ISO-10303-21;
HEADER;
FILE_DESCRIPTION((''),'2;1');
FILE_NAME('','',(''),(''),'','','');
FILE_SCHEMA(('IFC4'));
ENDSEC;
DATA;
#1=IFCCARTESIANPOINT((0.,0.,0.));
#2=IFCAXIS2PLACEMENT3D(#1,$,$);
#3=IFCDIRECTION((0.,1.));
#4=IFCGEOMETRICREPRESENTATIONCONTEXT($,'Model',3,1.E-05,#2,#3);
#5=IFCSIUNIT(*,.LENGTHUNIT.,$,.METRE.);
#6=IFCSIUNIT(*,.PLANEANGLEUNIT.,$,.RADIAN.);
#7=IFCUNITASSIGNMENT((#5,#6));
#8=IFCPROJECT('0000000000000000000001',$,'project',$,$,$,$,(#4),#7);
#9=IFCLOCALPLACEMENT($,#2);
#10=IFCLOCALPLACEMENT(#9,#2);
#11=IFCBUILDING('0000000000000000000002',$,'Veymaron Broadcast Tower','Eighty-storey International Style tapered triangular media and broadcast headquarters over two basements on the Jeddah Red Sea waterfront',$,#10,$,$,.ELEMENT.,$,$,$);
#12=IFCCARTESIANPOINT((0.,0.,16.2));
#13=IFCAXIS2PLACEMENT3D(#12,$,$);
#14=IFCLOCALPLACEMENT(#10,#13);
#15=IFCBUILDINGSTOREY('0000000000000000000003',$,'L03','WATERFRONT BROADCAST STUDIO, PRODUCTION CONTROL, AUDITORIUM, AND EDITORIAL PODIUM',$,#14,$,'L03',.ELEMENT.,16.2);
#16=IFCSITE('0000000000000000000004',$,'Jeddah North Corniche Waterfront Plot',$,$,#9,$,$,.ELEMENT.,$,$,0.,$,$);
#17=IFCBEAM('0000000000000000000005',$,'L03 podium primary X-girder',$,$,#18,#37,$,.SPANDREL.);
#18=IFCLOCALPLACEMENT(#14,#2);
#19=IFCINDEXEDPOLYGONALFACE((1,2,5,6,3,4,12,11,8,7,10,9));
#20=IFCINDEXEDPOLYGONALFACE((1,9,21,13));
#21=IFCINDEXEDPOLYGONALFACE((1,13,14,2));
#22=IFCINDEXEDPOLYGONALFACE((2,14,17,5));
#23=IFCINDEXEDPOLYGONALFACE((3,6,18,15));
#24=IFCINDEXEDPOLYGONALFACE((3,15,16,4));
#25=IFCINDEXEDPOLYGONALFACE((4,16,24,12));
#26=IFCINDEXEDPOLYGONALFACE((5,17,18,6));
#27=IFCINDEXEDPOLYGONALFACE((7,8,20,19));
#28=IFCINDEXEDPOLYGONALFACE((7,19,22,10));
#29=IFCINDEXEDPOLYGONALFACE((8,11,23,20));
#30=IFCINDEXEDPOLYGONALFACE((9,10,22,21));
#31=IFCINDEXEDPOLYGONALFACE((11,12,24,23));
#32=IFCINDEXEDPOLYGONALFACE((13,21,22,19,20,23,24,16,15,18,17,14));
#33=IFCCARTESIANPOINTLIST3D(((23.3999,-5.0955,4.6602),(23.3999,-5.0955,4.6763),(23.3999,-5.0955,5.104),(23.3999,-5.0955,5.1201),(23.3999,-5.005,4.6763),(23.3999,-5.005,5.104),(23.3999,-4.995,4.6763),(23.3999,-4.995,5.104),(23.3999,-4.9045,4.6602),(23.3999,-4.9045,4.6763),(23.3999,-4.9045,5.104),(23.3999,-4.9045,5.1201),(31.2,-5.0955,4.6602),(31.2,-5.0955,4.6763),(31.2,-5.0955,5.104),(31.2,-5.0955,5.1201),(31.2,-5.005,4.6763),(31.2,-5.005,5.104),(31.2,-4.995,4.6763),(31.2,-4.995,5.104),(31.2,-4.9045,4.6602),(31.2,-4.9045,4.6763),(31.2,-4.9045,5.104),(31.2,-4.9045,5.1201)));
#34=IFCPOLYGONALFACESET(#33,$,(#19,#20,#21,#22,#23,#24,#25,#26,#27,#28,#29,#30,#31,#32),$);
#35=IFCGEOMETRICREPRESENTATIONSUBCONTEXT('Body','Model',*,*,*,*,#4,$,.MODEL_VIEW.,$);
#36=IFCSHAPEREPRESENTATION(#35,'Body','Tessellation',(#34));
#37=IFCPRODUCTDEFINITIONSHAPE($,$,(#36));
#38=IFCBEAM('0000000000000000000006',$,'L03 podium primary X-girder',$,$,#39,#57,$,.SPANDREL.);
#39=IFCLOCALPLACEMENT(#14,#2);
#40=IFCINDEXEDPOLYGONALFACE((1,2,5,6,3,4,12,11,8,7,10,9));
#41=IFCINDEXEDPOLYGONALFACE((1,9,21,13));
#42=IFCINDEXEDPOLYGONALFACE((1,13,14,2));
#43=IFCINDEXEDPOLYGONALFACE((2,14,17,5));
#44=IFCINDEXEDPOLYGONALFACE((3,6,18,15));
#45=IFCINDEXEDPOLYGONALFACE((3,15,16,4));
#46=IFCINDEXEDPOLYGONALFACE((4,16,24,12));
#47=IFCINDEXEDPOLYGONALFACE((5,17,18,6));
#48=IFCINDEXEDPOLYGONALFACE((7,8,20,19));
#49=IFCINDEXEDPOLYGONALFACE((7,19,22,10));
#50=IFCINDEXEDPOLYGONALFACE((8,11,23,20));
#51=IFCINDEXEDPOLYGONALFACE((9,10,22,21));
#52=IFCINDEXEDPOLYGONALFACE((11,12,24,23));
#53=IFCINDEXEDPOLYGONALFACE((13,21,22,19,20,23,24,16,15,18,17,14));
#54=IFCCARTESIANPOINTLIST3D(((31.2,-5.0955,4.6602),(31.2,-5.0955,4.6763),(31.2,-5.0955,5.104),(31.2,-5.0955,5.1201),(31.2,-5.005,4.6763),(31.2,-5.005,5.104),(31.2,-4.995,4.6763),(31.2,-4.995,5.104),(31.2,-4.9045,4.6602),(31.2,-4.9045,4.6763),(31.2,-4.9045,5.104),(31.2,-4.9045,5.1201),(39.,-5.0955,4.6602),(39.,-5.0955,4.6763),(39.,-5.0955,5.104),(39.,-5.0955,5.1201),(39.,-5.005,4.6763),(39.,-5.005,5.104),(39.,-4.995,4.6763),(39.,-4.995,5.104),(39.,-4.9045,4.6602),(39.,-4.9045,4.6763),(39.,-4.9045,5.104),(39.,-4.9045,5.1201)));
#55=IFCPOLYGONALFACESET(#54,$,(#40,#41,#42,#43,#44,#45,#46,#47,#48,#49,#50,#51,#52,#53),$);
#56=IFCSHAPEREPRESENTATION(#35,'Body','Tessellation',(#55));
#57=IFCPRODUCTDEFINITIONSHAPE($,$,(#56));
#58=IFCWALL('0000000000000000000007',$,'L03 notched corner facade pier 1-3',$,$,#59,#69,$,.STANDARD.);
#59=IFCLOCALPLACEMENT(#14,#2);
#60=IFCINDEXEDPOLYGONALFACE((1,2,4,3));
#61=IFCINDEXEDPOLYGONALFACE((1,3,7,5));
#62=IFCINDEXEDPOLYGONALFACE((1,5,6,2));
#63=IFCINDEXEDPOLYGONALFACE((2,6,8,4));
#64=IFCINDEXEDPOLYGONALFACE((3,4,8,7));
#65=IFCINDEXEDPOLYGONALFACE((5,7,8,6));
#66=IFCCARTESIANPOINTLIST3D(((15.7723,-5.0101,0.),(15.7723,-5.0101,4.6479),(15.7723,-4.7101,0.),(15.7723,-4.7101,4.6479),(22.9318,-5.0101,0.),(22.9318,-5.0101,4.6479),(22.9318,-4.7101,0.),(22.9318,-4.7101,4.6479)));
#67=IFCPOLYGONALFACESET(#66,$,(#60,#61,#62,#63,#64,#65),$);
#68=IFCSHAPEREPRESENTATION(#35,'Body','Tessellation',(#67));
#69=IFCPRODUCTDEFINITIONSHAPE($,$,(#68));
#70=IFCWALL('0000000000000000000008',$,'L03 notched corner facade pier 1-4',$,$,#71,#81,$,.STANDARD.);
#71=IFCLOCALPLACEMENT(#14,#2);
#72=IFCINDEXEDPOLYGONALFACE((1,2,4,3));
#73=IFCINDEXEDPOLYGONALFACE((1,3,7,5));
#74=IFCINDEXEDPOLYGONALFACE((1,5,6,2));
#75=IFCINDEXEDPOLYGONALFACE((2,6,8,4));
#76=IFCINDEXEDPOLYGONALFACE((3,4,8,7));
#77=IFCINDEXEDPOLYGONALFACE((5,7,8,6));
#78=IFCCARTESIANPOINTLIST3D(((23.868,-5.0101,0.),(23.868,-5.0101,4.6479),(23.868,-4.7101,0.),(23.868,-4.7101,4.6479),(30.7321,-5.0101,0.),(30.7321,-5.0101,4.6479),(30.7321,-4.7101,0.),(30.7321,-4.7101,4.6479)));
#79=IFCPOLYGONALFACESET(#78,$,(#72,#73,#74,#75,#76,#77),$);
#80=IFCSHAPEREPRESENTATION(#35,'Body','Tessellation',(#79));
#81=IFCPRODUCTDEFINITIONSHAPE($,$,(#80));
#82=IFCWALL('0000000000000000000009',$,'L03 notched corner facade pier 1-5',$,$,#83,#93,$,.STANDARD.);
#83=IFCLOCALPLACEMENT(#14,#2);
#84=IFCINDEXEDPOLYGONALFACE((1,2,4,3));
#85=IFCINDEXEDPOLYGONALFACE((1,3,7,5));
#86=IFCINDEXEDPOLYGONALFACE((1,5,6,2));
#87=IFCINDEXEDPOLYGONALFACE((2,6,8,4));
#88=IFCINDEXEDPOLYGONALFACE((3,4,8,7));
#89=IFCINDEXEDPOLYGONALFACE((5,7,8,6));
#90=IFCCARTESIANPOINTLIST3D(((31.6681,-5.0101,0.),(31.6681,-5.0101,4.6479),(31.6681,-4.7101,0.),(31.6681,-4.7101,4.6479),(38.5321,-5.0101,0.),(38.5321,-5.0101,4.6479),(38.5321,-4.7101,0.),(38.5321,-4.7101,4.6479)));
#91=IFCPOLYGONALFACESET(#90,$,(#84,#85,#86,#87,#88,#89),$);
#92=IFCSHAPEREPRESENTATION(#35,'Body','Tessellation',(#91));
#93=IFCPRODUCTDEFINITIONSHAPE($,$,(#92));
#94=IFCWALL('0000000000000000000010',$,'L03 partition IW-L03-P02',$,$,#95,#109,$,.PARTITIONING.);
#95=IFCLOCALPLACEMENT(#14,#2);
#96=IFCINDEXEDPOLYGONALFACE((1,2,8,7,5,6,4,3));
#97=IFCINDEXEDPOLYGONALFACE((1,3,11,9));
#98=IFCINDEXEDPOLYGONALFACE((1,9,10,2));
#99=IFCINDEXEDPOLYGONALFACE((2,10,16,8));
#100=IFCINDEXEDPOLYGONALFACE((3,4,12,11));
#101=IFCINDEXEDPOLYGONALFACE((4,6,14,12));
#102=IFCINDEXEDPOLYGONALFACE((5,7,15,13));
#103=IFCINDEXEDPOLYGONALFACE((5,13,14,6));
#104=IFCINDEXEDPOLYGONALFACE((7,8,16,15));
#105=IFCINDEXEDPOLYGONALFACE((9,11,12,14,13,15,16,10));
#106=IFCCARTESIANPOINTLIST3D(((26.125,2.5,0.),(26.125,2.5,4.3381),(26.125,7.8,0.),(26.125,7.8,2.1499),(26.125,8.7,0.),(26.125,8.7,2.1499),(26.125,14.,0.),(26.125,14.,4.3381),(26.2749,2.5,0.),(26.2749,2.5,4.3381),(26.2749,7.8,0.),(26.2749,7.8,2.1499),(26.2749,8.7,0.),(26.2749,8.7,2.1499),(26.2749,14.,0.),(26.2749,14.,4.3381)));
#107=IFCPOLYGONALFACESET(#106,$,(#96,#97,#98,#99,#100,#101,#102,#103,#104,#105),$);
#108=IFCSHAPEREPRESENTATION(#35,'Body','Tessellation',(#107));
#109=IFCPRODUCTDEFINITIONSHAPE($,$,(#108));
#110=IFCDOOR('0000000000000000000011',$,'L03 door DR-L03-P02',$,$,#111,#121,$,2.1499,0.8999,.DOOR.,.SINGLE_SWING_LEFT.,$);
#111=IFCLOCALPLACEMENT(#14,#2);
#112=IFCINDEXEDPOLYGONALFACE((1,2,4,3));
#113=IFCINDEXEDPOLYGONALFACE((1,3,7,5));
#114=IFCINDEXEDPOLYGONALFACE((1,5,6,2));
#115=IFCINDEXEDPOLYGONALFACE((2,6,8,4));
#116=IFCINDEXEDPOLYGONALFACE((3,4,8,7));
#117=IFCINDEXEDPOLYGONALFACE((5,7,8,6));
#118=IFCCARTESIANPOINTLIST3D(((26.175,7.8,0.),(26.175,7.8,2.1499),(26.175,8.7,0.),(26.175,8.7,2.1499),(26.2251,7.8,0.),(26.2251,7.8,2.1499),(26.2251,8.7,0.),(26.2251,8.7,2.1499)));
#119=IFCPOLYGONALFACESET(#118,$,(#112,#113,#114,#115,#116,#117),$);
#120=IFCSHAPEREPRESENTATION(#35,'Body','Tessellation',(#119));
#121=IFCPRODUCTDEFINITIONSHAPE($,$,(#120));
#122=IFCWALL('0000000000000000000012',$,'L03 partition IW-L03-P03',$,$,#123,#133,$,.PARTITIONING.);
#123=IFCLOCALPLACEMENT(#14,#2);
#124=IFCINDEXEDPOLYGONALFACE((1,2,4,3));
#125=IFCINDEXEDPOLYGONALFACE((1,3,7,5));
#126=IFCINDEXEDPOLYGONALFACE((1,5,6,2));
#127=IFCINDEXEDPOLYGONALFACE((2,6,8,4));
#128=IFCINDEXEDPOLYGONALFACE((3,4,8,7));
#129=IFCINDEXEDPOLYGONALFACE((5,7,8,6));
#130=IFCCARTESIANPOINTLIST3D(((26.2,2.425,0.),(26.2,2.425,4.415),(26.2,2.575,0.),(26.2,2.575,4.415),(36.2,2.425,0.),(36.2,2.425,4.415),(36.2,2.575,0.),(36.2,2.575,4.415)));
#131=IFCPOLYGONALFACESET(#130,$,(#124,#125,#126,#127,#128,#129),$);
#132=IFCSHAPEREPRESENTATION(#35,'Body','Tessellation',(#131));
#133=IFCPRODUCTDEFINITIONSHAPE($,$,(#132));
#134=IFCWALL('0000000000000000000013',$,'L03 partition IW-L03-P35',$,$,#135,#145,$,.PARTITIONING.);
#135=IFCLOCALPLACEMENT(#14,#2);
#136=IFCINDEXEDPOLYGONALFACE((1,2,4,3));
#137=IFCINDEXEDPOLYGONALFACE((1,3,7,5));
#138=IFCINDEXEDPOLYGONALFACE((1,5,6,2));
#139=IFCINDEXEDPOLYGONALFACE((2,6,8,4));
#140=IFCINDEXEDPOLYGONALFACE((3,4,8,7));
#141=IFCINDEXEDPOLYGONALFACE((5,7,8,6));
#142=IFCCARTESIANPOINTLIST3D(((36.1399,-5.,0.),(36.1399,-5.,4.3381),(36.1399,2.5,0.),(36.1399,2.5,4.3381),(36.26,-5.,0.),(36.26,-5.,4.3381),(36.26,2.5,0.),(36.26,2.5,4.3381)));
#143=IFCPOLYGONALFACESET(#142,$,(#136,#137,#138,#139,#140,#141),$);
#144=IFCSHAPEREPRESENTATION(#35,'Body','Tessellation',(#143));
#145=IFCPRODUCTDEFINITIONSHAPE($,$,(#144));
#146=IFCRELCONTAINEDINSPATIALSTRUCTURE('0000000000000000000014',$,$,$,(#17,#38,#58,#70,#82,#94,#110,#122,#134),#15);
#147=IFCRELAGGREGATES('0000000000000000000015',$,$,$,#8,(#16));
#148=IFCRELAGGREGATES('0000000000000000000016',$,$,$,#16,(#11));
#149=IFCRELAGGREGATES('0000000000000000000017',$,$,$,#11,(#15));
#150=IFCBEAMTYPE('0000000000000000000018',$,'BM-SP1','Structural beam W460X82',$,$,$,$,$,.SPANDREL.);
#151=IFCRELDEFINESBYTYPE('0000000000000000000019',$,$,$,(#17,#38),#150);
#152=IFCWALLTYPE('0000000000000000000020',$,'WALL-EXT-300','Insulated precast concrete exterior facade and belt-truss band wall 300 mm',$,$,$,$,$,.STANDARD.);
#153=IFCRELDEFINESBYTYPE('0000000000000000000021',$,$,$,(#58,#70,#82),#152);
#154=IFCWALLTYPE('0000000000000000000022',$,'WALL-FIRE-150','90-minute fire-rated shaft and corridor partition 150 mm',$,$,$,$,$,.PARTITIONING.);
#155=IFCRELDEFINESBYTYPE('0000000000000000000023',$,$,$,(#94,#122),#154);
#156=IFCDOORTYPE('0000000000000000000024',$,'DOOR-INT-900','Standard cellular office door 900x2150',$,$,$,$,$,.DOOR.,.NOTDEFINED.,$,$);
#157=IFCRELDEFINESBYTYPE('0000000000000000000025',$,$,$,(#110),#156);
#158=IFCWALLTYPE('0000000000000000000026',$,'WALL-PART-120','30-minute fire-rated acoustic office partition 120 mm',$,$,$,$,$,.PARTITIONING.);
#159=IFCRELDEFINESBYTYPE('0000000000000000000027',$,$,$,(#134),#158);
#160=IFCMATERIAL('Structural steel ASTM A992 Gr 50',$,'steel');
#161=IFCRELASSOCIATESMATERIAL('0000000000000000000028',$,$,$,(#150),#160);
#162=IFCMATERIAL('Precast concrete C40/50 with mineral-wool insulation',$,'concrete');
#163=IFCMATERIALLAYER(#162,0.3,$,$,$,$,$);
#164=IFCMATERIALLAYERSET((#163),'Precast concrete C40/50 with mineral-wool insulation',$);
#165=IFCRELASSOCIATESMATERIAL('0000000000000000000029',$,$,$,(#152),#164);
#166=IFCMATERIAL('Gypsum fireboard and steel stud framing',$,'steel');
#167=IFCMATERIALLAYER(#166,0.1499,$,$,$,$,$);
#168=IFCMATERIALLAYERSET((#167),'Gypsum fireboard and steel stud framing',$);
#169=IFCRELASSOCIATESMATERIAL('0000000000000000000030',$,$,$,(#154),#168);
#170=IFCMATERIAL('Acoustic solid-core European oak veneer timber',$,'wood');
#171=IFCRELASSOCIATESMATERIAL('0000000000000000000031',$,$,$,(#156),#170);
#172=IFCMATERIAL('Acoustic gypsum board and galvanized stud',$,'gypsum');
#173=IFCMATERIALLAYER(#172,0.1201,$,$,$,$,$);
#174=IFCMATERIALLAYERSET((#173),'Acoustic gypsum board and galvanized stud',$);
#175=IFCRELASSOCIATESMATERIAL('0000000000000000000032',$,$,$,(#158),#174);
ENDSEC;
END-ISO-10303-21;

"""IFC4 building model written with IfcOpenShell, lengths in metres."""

from ifc_helpers import new_model, si_unit, direction, frame, frame_2d, origin, origin_2d, place, context, subcontext, project, spatial, rectangle, i_section, extrude, material, layer, layer_set, material_profile, profile_set, type_object, element, fill, save


model = new_model("IFC4")

# Units and contexts
model_context = context("Model", 3, precision=1e-05, world=origin(), true_north=direction((0.0, 1.0)))
body_context = subcontext(model_context, "Body", "Model", "MODEL_VIEW")
ifc_project = project(units=[si_unit("LENGTHUNIT", "METRE"), si_unit("PLANEANGLEUNIT", "RADIAN")], contexts=[model_context])

# Site, building, storey
site_placement = place(None, origin())
site = spatial("IfcSite", under=ifc_project, at=site_placement, Name="Jeddah North Corniche Waterfront Plot", CompositionType="ELEMENT", RefElevation=0.0)
building_placement = place(site_placement, origin())
building = spatial("IfcBuilding", under=site, at=building_placement, Name="Veymaron Broadcast Tower", Description="Eighty-storey International Style tapered triangular media and broadcast headquarters over two basements on the Jeddah Red Sea waterfront", CompositionType="ELEMENT")
storey_placement = place(building_placement, frame((0.0, 0.0, 16.2)))
storey = spatial("IfcBuildingStorey", under=building, at=storey_placement, Name="L03", Description="WATERFRONT BROADCAST STUDIO, PRODUCTION CONTROL, AUDITORIUM, AND EDITORIAL PODIUM", LongName="L03", CompositionType="ELEMENT", Elevation=16.2)

# Shared definitions
ifc_material_1 = material(Name="Structural steel ASTM A992 Gr 50", Category="steel")

# Beams
ifc_material_profile_1 = material_profile(ifc_material_1, i_section(OverallWidth=0.1909, OverallDepth=0.46, WebThickness=0.01, FlangeThickness=0.0161, at=origin_2d()), Name="W460X82")
ifc_profile_set_1 = profile_set([ifc_material_profile_1], Name="Structural steel ASTM A992 Gr 50")
beam_type_1 = type_object("IfcBeamType", Name="BM-SP1", Description="Structural beam W460X82", PredefinedType="SPANDREL", material=ifc_profile_set_1)
for number, where, z_axis, x_axis, name in (
    (1, (23.3999, -5.0, 4.8901), (1.0, 0.0, 0.0), (0.0, 1.0, 0.0), "L03 podium primary X-girder"),
    (2, (31.2, -5.0, 4.8901), (1.0, 0.0, 0.0), (0.0, 1.0, 0.0), "L03 podium primary X-girder"),
):
    element("IfcBeam", number, at=place(storey_placement, frame(where, z_axis=z_axis, x_axis=x_axis)), inside=storey, type_object=beam_type_1, Name=name, PredefinedType="SPANDREL", context=body_context, shape_type="SweptSolid", body=[
        extrude(i_section(OverallWidth=0.1909, OverallDepth=0.46, WebThickness=0.01, FlangeThickness=0.0161, at=origin_2d()), origin(), (0.0, 0.0, 1.0), 7.8),
    ])

# Walls
ifc_material_2 = material(Name="Precast concrete C40/50 with mineral-wool insulation", Category="concrete")
ifc_layer_1 = layer(ifc_material_2, 0.3)
ifc_layer_set_1 = layer_set([ifc_layer_1], Name="Precast concrete C40/50 with mineral-wool insulation")
wall_type_1 = type_object("IfcWallType", Name="WALL-EXT-300", Description="Insulated precast concrete exterior facade and belt-truss band wall 300 mm", PredefinedType="STANDARD", material=ifc_layer_set_1)
wall_1_placement = place(storey_placement, frame((15.7725, -4.8601, 0.0), z_axis=(0.0, 0.0, 1.0), x_axis=(1.0, 0.0, 0.0)))
element("IfcWall", 3, at=wall_1_placement, inside=storey, type_object=wall_type_1, Name="L03 notched corner facade pier 1-3", PredefinedType="STANDARD", context=body_context, shape_type="SweptSolid", body=[
    extrude(rectangle(XDim=7.1594, YDim=0.3, at=frame_2d((3.5796, 0.0))), origin(), (0.0, 0.0, 1.0), 4.6479),
])
for number, where, z_axis, x_axis, name in (
    (4, (23.8679, -4.8601, 0.0), (0.0, 0.0, 1.0), (1.0, 0.0, 0.0), "L03 notched corner facade pier 1-4"),
    (5, (31.668, -4.8601, 0.0), (0.0, 0.0, 1.0), (1.0, 0.0, 0.0), "L03 notched corner facade pier 1-5"),
):
    element("IfcWall", number, at=place(storey_placement, frame(where, z_axis=z_axis, x_axis=x_axis)), inside=storey, type_object=wall_type_1, Name=name, PredefinedType="STANDARD", context=body_context, shape_type="SweptSolid", body=[
        extrude(rectangle(XDim=6.864, YDim=0.3, at=frame_2d((3.4321, 0.0))), origin(), (0.0, 0.0, 1.0), 4.6479),
    ])

# Wall, opening, door
ifc_material_3 = material(Name="Gypsum fireboard and steel stud framing", Category="steel")
ifc_layer_2 = layer(ifc_material_3, 0.1499)
ifc_layer_set_2 = layer_set([ifc_layer_2], Name="Gypsum fireboard and steel stud framing")
wall_type_2 = type_object("IfcWallType", Name="WALL-FIRE-150", Description="90-minute fire-rated shaft and corridor partition 150 mm", PredefinedType="PARTITIONING", material=ifc_layer_set_2)
wall_2_placement = place(storey_placement, frame((26.2, 2.5, 0.0), z_axis=(0.0, 0.0, 1.0), x_axis=(0.0, 1.0, 0.0)))
wall_2 = element("IfcWall", 6, at=wall_2_placement, inside=storey, type_object=wall_type_2, Name="L03 partition IW-L03-P02", PredefinedType="PARTITIONING", context=body_context, shape_type="SweptSolid", body=[
    extrude(rectangle(XDim=11.5, YDim=0.1499, at=frame_2d((5.75, 0.0))), origin(), (0.0, 0.0, 1.0), 4.3381),
])
opening_placement = place(wall_2_placement, frame((5.3, 0.0, 0.0)))
opening = element("IfcOpeningElement", 7, at=opening_placement, cuts=wall_2, PredefinedType="OPENING", context=body_context, shape_type="SweptSolid", body=[
    extrude(rectangle(XDim=0.8999, YDim=2.1499, at=frame_2d((0.45, 1.075))), frame((0.0, 0.085, 0.0), z_axis=(0.0, -1.0, 0.0), x_axis=(1.0, 0.0, 0.0)), (0.0, 0.0, 1.0), 0.1699),
])
ifc_material_4 = material(Name="Acoustic solid-core European oak veneer timber", Category="wood")
door_type = type_object("IfcDoorType", Name="DOOR-INT-900", Description="Standard cellular office door 900x2150", OperationType="NOTDEFINED", PredefinedType="DOOR", material=ifc_material_4)
door_placement = place(opening_placement, origin())
door = element("IfcDoor", 8, at=door_placement, inside=storey, type_object=door_type, Name="L03 door DR-L03-P02", OperationType="SINGLE_SWING_LEFT", OverallHeight=2.1499, OverallWidth=0.8999, PredefinedType="DOOR", context=body_context, shape_type="SweptSolid", body=[
    extrude(rectangle(XDim=0.8999, YDim=2.1499, at=frame_2d((0.45, 1.075))), frame((0.0, 0.0249, 0.0), z_axis=(0.0, -1.0, 0.0), x_axis=(1.0, 0.0, 0.0)), (0.0, 0.0, 1.0), 0.05),
])
fill(opening, door)

# Walls
wall_3_placement = place(storey_placement, frame((26.2, 2.5, 0.0), z_axis=(0.0, 0.0, 1.0), x_axis=(1.0, 0.0, 0.0)))
element("IfcWall", 9, at=wall_3_placement, inside=storey, type_object=wall_type_2, Name="L03 partition IW-L03-P03", PredefinedType="PARTITIONING", context=body_context, shape_type="SweptSolid", body=[
    extrude(rectangle(XDim=10.0, YDim=0.1499, at=frame_2d((5.0, 0.0))), origin(), (0.0, 0.0, 1.0), 4.415),
])
ifc_material_5 = material(Name="Acoustic gypsum board and galvanized stud", Category="gypsum")
ifc_layer_3 = layer(ifc_material_5, 0.1201)
ifc_layer_set_3 = layer_set([ifc_layer_3], Name="Acoustic gypsum board and galvanized stud")
wall_type_3 = type_object("IfcWallType", Name="WALL-PART-120", Description="30-minute fire-rated acoustic office partition 120 mm", PredefinedType="PARTITIONING", material=ifc_layer_set_3)
wall_4_placement = place(storey_placement, frame((36.2, -5.0, 0.0), z_axis=(0.0, 0.0, 1.0), x_axis=(0.0, 1.0, 0.0)))
element("IfcWall", 10, at=wall_4_placement, inside=storey, type_object=wall_type_3, Name="L03 partition IW-L03-P35", PredefinedType="PARTITIONING", context=body_context, shape_type="SweptSolid", body=[
    extrude(rectangle(XDim=7.5, YDim=0.1201, at=frame_2d((3.75, 0.0))), origin(), (0.0, 0.0, 1.0), 4.3381),
])

save(model, "model.ifc")
